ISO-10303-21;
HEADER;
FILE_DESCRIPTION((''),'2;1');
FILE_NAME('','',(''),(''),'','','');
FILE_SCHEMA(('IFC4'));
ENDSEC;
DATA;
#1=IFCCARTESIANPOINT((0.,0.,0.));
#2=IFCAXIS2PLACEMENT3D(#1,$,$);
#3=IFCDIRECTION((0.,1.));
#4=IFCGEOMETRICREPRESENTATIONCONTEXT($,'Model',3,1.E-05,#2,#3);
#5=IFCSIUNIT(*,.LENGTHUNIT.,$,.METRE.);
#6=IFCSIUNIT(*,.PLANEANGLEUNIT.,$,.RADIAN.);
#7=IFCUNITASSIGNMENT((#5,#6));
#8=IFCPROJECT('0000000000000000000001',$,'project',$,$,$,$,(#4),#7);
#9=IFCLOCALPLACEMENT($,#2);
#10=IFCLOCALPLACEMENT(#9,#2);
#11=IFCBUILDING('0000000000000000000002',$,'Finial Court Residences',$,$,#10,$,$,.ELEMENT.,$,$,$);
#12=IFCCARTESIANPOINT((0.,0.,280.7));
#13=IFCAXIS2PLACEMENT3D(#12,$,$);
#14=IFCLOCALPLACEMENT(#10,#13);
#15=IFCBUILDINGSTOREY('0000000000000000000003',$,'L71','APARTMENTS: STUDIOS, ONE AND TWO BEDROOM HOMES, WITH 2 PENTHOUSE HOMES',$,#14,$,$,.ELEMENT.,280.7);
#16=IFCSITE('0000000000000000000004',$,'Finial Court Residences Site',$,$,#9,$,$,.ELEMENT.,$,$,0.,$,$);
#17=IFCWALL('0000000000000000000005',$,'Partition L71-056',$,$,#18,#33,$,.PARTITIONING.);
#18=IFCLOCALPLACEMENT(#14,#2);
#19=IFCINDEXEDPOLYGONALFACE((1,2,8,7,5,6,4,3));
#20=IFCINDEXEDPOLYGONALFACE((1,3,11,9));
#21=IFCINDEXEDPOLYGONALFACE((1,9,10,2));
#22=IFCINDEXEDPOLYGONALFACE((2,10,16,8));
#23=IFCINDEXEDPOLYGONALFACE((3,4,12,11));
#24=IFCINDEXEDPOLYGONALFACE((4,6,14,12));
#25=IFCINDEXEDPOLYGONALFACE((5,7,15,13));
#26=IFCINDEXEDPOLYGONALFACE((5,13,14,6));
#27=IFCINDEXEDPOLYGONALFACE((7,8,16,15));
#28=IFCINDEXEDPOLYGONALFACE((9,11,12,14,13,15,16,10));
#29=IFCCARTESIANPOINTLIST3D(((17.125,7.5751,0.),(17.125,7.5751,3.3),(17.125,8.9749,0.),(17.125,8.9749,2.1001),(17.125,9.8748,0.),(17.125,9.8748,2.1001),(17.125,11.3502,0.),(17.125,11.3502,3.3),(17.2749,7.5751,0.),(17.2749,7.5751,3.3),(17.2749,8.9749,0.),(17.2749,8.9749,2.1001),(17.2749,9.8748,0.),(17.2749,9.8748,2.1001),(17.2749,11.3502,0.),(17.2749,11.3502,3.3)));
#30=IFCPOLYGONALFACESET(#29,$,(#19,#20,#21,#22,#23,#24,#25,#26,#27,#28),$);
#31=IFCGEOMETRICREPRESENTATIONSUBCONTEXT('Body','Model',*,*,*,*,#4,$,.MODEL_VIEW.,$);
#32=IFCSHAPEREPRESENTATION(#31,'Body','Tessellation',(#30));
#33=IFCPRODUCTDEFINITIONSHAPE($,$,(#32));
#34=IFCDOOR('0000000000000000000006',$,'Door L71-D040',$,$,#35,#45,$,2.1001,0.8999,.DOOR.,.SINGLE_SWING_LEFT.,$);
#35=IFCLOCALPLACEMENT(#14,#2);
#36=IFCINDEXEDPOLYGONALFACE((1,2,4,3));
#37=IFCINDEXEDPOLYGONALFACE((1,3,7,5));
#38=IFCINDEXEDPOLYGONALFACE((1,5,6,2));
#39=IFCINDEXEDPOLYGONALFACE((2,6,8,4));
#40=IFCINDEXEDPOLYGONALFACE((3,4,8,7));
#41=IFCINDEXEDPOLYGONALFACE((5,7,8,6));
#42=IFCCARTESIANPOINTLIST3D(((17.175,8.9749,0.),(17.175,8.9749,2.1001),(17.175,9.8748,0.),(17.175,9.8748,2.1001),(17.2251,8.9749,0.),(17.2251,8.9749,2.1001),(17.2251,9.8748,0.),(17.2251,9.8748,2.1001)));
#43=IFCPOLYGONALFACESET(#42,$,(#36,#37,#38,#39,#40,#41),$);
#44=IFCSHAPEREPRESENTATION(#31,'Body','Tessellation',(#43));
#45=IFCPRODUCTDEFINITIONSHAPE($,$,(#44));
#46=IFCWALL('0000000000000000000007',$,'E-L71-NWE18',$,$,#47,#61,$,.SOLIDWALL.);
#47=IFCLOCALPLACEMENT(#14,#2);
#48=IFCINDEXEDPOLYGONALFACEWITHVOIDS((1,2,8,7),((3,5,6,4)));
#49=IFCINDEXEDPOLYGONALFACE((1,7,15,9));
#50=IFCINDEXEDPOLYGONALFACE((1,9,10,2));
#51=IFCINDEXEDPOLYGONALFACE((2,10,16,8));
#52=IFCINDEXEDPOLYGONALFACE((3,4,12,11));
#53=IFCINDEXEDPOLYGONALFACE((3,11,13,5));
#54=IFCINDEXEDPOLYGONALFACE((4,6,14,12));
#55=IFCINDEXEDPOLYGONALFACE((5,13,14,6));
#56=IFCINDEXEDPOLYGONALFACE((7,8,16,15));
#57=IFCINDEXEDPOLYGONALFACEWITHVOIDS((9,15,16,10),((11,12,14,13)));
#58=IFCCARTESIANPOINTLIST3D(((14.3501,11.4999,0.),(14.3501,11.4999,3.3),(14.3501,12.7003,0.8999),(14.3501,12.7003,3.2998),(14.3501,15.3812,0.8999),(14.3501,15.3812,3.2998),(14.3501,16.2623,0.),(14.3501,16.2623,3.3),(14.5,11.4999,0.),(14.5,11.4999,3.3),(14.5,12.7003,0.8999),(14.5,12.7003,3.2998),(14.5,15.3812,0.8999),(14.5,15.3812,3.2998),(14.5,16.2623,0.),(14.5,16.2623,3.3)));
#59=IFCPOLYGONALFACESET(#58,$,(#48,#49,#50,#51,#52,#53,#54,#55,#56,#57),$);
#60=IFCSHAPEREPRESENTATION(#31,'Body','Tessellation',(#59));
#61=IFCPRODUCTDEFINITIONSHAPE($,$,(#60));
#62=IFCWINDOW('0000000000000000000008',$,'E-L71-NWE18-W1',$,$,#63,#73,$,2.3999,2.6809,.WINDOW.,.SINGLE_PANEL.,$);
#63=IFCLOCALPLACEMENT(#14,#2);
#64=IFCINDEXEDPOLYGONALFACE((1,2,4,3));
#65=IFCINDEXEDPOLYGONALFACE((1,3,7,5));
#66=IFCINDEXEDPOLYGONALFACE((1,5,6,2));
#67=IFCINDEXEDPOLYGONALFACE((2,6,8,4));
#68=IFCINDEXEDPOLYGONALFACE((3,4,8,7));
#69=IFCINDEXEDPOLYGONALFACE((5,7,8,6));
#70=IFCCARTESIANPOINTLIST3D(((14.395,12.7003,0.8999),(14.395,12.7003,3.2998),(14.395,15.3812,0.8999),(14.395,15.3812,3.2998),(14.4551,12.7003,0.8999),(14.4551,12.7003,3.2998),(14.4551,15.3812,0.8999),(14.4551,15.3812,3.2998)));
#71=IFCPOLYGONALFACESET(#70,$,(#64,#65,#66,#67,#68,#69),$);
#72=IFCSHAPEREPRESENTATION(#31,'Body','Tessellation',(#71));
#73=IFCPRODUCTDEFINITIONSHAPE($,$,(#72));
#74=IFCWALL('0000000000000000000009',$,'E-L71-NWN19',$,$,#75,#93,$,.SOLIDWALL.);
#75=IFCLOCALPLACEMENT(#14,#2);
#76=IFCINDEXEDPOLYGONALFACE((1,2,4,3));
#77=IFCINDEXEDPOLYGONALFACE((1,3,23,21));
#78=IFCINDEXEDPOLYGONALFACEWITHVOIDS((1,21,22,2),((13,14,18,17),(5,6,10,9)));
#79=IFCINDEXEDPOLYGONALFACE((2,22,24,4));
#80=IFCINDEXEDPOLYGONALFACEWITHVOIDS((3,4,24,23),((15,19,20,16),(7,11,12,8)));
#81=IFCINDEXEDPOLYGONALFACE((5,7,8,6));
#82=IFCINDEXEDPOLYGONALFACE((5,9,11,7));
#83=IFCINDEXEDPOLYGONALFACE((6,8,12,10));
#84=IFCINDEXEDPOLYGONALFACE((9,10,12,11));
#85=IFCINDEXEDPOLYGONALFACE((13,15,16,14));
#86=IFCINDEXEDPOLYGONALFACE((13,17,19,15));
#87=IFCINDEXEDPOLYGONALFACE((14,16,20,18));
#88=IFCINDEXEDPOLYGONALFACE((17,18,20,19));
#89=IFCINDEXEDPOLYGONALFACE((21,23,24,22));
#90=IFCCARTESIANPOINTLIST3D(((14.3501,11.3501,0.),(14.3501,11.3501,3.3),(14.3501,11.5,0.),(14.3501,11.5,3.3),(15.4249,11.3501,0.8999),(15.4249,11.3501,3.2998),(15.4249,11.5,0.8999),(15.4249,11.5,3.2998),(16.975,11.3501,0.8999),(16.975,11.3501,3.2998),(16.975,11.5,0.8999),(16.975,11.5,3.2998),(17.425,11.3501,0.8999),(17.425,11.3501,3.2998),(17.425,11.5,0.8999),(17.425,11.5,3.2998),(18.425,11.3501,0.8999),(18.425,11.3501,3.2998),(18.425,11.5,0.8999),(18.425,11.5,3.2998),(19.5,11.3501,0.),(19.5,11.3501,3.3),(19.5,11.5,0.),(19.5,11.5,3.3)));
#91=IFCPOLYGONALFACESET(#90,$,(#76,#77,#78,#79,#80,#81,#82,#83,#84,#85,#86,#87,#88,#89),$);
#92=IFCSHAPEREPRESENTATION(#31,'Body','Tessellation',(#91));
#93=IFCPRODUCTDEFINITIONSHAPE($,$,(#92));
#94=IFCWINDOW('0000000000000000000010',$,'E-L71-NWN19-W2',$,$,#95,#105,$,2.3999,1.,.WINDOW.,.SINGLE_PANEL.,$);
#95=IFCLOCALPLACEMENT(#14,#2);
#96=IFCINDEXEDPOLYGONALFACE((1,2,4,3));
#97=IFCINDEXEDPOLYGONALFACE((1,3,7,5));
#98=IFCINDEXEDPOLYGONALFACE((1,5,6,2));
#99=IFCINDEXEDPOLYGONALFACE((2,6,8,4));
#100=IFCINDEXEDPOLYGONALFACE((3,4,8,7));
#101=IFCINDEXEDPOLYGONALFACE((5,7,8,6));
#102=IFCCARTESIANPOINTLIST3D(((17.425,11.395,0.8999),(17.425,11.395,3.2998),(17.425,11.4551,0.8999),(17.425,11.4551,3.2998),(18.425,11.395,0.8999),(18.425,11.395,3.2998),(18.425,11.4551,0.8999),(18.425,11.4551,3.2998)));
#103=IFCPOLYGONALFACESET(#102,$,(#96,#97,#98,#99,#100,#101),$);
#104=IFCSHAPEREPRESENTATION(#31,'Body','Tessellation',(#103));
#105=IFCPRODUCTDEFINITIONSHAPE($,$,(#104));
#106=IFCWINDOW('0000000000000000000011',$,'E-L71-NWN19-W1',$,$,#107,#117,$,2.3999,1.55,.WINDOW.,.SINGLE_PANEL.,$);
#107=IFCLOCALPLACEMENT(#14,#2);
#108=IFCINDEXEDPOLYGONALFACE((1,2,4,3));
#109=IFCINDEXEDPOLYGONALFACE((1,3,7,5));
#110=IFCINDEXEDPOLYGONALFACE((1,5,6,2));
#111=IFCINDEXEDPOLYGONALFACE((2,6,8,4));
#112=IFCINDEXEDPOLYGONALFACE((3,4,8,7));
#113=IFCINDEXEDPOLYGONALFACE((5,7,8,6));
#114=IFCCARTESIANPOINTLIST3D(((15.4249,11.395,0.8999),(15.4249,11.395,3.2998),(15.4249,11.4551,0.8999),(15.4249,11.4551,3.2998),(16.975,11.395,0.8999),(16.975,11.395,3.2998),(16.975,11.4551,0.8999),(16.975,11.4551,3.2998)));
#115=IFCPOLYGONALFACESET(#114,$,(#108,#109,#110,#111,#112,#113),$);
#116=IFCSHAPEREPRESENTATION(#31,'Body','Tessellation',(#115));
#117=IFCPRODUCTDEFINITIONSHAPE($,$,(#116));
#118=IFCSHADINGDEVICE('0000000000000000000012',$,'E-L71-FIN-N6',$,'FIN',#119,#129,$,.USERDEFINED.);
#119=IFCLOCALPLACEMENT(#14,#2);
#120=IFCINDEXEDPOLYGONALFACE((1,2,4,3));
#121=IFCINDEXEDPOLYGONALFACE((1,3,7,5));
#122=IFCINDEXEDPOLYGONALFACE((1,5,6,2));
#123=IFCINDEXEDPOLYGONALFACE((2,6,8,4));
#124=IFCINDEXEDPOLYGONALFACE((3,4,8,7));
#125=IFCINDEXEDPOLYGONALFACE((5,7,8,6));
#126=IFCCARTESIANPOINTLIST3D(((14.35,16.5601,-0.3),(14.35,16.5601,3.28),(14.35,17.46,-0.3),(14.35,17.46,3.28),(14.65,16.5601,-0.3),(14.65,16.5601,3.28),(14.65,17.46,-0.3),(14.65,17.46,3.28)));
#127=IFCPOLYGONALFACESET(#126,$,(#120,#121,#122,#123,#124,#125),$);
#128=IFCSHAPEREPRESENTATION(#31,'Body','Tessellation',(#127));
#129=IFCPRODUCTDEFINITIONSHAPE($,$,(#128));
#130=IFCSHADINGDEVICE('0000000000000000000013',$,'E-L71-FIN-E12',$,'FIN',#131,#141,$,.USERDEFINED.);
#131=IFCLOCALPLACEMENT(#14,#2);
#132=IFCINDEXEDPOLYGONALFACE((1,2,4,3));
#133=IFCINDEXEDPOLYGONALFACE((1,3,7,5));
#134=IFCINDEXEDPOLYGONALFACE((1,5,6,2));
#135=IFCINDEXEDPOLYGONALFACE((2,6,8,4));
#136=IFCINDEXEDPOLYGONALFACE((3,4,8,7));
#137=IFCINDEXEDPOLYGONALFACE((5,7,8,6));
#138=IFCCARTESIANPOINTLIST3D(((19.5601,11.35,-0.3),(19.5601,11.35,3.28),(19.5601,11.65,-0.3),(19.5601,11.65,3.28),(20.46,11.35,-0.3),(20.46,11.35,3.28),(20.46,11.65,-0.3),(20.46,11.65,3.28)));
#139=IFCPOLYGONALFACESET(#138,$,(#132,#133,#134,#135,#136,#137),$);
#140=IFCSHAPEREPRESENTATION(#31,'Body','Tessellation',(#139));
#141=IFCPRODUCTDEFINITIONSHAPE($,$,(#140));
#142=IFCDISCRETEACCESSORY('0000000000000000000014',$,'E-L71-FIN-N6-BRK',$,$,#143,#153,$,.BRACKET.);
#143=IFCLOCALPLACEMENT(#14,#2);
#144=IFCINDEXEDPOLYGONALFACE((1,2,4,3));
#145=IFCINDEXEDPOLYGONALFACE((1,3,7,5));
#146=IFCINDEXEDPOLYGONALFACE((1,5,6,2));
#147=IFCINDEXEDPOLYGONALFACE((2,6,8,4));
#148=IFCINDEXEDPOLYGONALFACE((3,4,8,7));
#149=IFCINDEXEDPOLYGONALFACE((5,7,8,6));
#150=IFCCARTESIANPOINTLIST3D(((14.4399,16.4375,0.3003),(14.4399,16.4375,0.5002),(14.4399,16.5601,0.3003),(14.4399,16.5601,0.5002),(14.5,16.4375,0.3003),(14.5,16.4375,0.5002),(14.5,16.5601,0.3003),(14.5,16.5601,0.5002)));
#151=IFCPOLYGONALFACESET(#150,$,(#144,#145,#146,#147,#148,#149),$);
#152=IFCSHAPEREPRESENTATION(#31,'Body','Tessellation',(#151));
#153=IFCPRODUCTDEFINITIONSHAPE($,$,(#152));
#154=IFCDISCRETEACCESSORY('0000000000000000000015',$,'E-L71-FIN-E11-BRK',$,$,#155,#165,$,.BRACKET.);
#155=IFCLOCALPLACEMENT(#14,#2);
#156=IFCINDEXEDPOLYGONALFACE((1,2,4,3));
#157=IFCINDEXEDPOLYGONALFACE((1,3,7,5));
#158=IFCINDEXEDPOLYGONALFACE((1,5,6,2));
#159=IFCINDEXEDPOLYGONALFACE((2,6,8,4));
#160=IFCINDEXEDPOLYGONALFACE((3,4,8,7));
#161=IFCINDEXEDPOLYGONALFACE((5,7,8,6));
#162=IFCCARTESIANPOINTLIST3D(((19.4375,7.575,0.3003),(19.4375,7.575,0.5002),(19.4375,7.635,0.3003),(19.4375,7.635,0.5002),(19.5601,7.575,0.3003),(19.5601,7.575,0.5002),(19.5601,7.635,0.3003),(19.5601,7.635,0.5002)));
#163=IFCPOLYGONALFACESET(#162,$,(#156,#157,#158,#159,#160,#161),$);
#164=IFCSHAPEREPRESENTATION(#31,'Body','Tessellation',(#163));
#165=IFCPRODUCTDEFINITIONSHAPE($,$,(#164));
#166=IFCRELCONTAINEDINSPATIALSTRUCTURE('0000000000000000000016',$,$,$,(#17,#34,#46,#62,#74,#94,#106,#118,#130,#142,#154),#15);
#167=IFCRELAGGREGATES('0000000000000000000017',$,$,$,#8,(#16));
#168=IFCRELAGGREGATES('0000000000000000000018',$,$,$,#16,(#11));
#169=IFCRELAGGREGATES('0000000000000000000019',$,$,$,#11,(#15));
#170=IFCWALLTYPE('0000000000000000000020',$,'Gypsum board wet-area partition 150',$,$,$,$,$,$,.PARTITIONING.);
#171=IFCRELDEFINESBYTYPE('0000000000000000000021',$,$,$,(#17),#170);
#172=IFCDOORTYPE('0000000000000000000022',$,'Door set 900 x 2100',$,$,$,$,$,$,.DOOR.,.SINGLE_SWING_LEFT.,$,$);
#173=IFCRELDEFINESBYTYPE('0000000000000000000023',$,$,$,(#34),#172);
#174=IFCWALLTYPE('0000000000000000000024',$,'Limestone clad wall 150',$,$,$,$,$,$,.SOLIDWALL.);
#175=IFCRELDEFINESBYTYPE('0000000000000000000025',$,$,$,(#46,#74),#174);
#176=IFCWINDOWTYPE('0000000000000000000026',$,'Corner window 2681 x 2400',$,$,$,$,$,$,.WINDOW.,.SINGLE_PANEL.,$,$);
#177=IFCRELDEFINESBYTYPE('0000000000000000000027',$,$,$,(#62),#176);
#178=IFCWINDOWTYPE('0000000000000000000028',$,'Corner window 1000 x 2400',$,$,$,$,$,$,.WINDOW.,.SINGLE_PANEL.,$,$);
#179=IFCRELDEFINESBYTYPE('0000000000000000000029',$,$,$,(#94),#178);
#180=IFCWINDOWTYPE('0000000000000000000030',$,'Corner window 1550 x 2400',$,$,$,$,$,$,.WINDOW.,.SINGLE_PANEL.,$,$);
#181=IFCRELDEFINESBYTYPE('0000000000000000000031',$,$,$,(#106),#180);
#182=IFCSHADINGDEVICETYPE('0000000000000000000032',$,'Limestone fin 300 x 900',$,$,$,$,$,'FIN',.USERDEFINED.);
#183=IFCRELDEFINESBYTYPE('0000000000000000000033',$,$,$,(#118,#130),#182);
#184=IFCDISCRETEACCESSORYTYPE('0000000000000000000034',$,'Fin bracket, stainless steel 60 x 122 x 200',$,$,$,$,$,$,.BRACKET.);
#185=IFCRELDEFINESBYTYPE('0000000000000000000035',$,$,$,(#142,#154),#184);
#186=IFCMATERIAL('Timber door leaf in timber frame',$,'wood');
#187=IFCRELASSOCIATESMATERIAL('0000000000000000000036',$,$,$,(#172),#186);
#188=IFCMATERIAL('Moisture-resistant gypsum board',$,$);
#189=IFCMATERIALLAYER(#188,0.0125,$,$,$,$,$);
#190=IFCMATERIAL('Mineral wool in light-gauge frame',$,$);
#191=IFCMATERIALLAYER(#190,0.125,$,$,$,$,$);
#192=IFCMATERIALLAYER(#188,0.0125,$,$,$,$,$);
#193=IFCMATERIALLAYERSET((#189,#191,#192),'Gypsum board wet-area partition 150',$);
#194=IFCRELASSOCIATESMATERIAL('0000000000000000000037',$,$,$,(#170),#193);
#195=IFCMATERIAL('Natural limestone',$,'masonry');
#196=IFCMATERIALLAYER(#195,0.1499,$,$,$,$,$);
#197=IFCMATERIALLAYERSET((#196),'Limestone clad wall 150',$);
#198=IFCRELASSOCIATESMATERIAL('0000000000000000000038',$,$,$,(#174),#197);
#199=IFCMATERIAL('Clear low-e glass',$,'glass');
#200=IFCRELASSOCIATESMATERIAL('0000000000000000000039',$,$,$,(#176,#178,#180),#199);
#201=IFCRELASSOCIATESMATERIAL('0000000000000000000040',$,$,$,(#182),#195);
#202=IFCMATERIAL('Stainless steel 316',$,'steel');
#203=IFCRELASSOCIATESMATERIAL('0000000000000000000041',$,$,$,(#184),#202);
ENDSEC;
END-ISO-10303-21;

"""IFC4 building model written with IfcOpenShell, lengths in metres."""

from ifc_helpers import new_model, si_unit, direction, frame, frame_2d, origin, origin_2d, place, context, subcontext, project, spatial, rectangle, extrude, material, layer, layer_set, type_object, element, fill, save


model = new_model("IFC4")

# Units and contexts
model_context = context("Model", 3, precision=1e-05, world=origin(), true_north=direction((0.0, 1.0)))
body_context = subcontext(model_context, "Body", "Model", "MODEL_VIEW")
ifc_project = project(units=[si_unit("LENGTHUNIT", "METRE"), si_unit("PLANEANGLEUNIT", "RADIAN")], contexts=[model_context])

# Site, building, storey
site_placement = place(None, origin())
site = spatial("IfcSite", under=ifc_project, at=site_placement, Name="Finial Court Residences Site", CompositionType="ELEMENT", RefElevation=0.0)
building_placement = place(site_placement, origin())
building = spatial("IfcBuilding", under=site, at=building_placement, Name="Finial Court Residences", CompositionType="ELEMENT")
storey_placement = place(building_placement, frame((0.0, 0.0, 280.7)))
storey = spatial("IfcBuildingStorey", under=building, at=storey_placement, Name="L71", Description="APARTMENTS: STUDIOS, ONE AND TWO BEDROOM HOMES, WITH 2 PENTHOUSE HOMES", CompositionType="ELEMENT", Elevation=280.7)

# Shared definitions
ifc_material_1 = material(Name="Clear low-e glass", Category="glass")

# Wall, opening, door
ifc_material_2 = material(Name="Mineral wool in light-gauge frame")
ifc_material_3 = material(Name="Timber door leaf in timber frame", Category="wood")
door_type = type_object("IfcDoorType", Name="Door set 900 x 2100", OperationType="SINGLE_SWING_LEFT", PredefinedType="DOOR", material=ifc_material_3)
ifc_material_4 = material(Name="Moisture-resistant gypsum board")
ifc_layer_1 = layer(ifc_material_4, 0.0125)
ifc_layer_2 = layer(ifc_material_2, 0.125)
ifc_layer_3 = layer(ifc_material_4, 0.0125)
ifc_layer_set_1 = layer_set([ifc_layer_1, ifc_layer_2, ifc_layer_3], Name="Gypsum board wet-area partition 150")
wall_type_1 = type_object("IfcWallType", Name="Gypsum board wet-area partition 150", PredefinedType="PARTITIONING", material=ifc_layer_set_1)
wall_1_placement = place(storey_placement, frame((17.2, 7.575, 0.0), z_axis=(0.0, 0.0, 1.0), x_axis=(0.0, 1.0, 0.0)))
wall_1 = element("IfcWall", 1, at=wall_1_placement, inside=storey, type_object=wall_type_1, Name="Partition L71-056", PredefinedType="PARTITIONING", context=body_context, shape_type="SweptSolid", body=[
    extrude(rectangle(XDim=3.7751, YDim=0.1499, at=frame_2d((1.8877, 0.0))), origin(), (0.0, 0.0, 1.0), 3.3),
])
opening_1_placement = place(wall_1_placement, frame((1.3999, 0.0, 0.0)))
opening_1 = element("IfcOpeningElement", 2, at=opening_1_placement, cuts=wall_1, PredefinedType="OPENING", context=body_context, shape_type="SweptSolid", body=[
    extrude(rectangle(XDim=0.8999, YDim=2.1001, at=frame_2d((0.45, 1.05))), frame((0.0, 0.085, 0.0), z_axis=(0.0, -1.0, 0.0), x_axis=(1.0, 0.0, 0.0)), (0.0, 0.0, 1.0), 0.1699),
])
door_1_placement = place(opening_1_placement, origin())
door_1 = element("IfcDoor", 3, at=door_1_placement, inside=storey, type_object=door_type, Name="Door L71-D040", OperationType="SINGLE_SWING_LEFT", OverallHeight=2.1001, OverallWidth=0.8999, PredefinedType="DOOR", context=body_context, shape_type="SweptSolid", body=[
    extrude(rectangle(XDim=0.8999, YDim=2.1001, at=frame_2d((0.45, 1.05))), frame((0.0, 0.0249, 0.0), z_axis=(0.0, -1.0, 0.0), x_axis=(1.0, 0.0, 0.0)), (0.0, 0.0, 1.0), 0.05),
])
fill(opening_1, door_1)

# Wall, opening, window
ifc_material_5 = material(Name="Natural limestone", Category="masonry")
ifc_layer_4 = layer(ifc_material_5, 0.1499)
ifc_layer_set_2 = layer_set([ifc_layer_4], Name="Limestone clad wall 150")
wall_type_2 = type_object("IfcWallType", Name="Limestone clad wall 150", PredefinedType="SOLIDWALL", material=ifc_layer_set_2)
wall_2_placement = place(storey_placement, frame((14.425, 16.2625, 0.0), z_axis=(0.0, 0.0, 1.0), x_axis=(0.0, -1.0, 0.0)))
wall_2 = element("IfcWall", 4, at=wall_2_placement, inside=storey, type_object=wall_type_2, Name="E-L71-NWE18", PredefinedType="SOLIDWALL", context=body_context, shape_type="SweptSolid", body=[
    extrude(rectangle(XDim=4.7625, YDim=0.1499, at=frame_2d((2.3813, 0.0))), origin(), (0.0, 0.0, 1.0), 3.3),
])
opening_2_placement = place(wall_2_placement, frame((0.8813, 0.0, 0.8999)))
opening_2 = element("IfcOpeningElement", 5, at=opening_2_placement, cuts=wall_2, PredefinedType="OPENING", context=body_context, shape_type="SweptSolid", body=[
    extrude(rectangle(XDim=2.6809, YDim=2.3999, at=frame_2d((1.3403, 1.2))), frame((0.0, 0.085, 0.0), z_axis=(0.0, -1.0, 0.0), x_axis=(1.0, 0.0, 0.0)), (0.0, 0.0, 1.0), 0.1699),
])
window_type_1 = type_object("IfcWindowType", Name="Corner window 2681 x 2400", PartitioningType="SINGLE_PANEL", PredefinedType="WINDOW", material=ifc_material_1)
window_1_placement = place(opening_2_placement, origin())
window_1 = element("IfcWindow", 6, at=window_1_placement, inside=storey, type_object=window_type_1, Name="E-L71-NWE18-W1", OverallHeight=2.3999, OverallWidth=2.6809, PartitioningType="SINGLE_PANEL", PredefinedType="WINDOW", context=body_context, shape_type="SweptSolid", body=[
    extrude(rectangle(XDim=2.6809, YDim=2.3999, at=frame_2d((1.3403, 1.2))), frame((0.0, 0.03, 0.0), z_axis=(0.0, -1.0, 0.0), x_axis=(1.0, 0.0, 0.0)), (0.0, 0.0, 1.0), 0.0601),
])
fill(opening_2, window_1)

# Wall, openings, windows
wall_3_placement = place(storey_placement, frame((14.3501, 11.425, 0.0), z_axis=(0.0, 0.0, 1.0), x_axis=(1.0, 0.0, 0.0)))
wall_3 = element("IfcWall", 7, at=wall_3_placement, inside=storey, type_object=wall_type_2, Name="E-L71-NWN19", PredefinedType="SOLIDWALL", context=body_context, shape_type="SweptSolid", body=[
    extrude(rectangle(XDim=5.1499, YDim=0.1499, at=frame_2d((2.575, 0.0))), origin(), (0.0, 0.0, 1.0), 3.3),
])
opening_3_placement = place(wall_3_placement, frame((1.075, 0.0, 0.8999)))
opening_3 = element("IfcOpeningElement", 8, at=opening_3_placement, cuts=wall_3, PredefinedType="OPENING", context=body_context, shape_type="SweptSolid", body=[
    extrude(rectangle(XDim=1.55, YDim=2.3999, at=frame_2d((0.7749, 1.2))), frame((0.0, 0.085, 0.0), z_axis=(0.0, -1.0, 0.0), x_axis=(1.0, 0.0, 0.0)), (0.0, 0.0, 1.0), 0.1699),
])
opening_4_placement = place(wall_3_placement, frame((3.075, 0.0, 0.8999)))
opening_4 = element("IfcOpeningElement", 9, at=opening_4_placement, cuts=wall_3, PredefinedType="OPENING", context=body_context, shape_type="SweptSolid", body=[
    extrude(rectangle(XDim=1.0, YDim=2.3999, at=frame_2d((0.5, 1.2))), frame((0.0, 0.085, 0.0), z_axis=(0.0, -1.0, 0.0), x_axis=(1.0, 0.0, 0.0)), (0.0, 0.0, 1.0), 0.1699),
])
window_type_2 = type_object("IfcWindowType", Name="Corner window 1000 x 2400", PartitioningType="SINGLE_PANEL", PredefinedType="WINDOW", material=ifc_material_1)
window_2_placement = place(opening_4_placement, origin())
window_2 = element("IfcWindow", 10, at=window_2_placement, inside=storey, type_object=window_type_2, Name="E-L71-NWN19-W2", OverallHeight=2.3999, OverallWidth=1.0, PartitioningType="SINGLE_PANEL", PredefinedType="WINDOW", context=body_context, shape_type="SweptSolid", body=[
    extrude(rectangle(XDim=1.0, YDim=2.3999, at=frame_2d((0.5, 1.2))), frame((0.0, 0.03, 0.0), z_axis=(0.0, -1.0, 0.0), x_axis=(1.0, 0.0, 0.0)), (0.0, 0.0, 1.0), 0.0601),
])
fill(opening_4, window_2)
window_type_3 = type_object("IfcWindowType", Name="Corner window 1550 x 2400", PartitioningType="SINGLE_PANEL", PredefinedType="WINDOW", material=ifc_material_1)
window_3_placement = place(opening_3_placement, origin())
window_3 = element("IfcWindow", 11, at=window_3_placement, inside=storey, type_object=window_type_3, Name="E-L71-NWN19-W1", OverallHeight=2.3999, OverallWidth=1.55, PartitioningType="SINGLE_PANEL", PredefinedType="WINDOW", context=body_context, shape_type="SweptSolid", body=[
    extrude(rectangle(XDim=1.55, YDim=2.3999, at=frame_2d((0.7749, 1.2))), frame((0.0, 0.03, 0.0), z_axis=(0.0, -1.0, 0.0), x_axis=(1.0, 0.0, 0.0)), (0.0, 0.0, 1.0), 0.0601),
])
fill(opening_3, window_3)

# Shading devices
shading_device_type = type_object("IfcShadingDeviceType", Name="Limestone fin 300 x 900", ElementType="FIN", PredefinedType="USERDEFINED", material=ifc_material_5)
shading_device_1_placement = place(storey_placement, frame((14.5, 17.01, -0.3), z_axis=(0.0, 0.0, 1.0), x_axis=(1.0, 0.0, 0.0)))
element("IfcShadingDevice", 12, at=shading_device_1_placement, inside=storey, type_object=shading_device_type, Name="E-L71-FIN-N6", ObjectType="FIN", PredefinedType="USERDEFINED", context=body_context, shape_type="SweptSolid", body=[
    extrude(rectangle(XDim=0.3, YDim=0.8999, at=origin_2d()), origin(), (0.0, 0.0, 1.0), 3.5801),
])
shading_device_2_placement = place(storey_placement, frame((20.01, 11.5, -0.3), z_axis=(0.0, 0.0, 1.0), x_axis=(1.0, 0.0, 0.0)))
element("IfcShadingDevice", 13, at=shading_device_2_placement, inside=storey, type_object=shading_device_type, Name="E-L71-FIN-E12", ObjectType="FIN", PredefinedType="USERDEFINED", context=body_context, shape_type="SweptSolid", body=[
    extrude(rectangle(XDim=0.8999, YDim=0.3, at=origin_2d()), origin(), (0.0, 0.0, 1.0), 3.5801),
])

# Discrete accessories
ifc_material_6 = material(Name="Stainless steel 316", Category="steel")
discrete_accessory_type = type_object("IfcDiscreteAccessoryType", Name="Fin bracket, stainless steel 60 x 122 x 200", PredefinedType="BRACKET", material=ifc_material_6)
discrete_accessory_placement = place(storey_placement, frame((14.47, 16.4988, 0.3003), z_axis=(0.0, 0.0, 1.0), x_axis=(1.0, 0.0, 0.0)))
element("IfcDiscreteAccessory", 14, at=discrete_accessory_placement, inside=storey, type_object=discrete_accessory_type, Name="E-L71-FIN-N6-BRK", PredefinedType="BRACKET", context=body_context, shape_type="SweptSolid", body=[
    extrude(rectangle(XDim=0.0601, YDim=0.1226, at=origin_2d()), origin(), (0.0, 0.0, 1.0), 0.2),
])
for number, where, z_axis, x_axis, name in (
    (15, (19.4988, 7.605, 0.3003), (0.0, 0.0, 1.0), (1.0, 0.0, 0.0), "E-L71-FIN-E11-BRK"),
):
    element("IfcDiscreteAccessory", number, at=place(storey_placement, frame(where, z_axis=z_axis, x_axis=x_axis)), inside=storey, type_object=discrete_accessory_type, Name=name, PredefinedType="BRACKET", context=body_context, shape_type="SweptSolid", body=[
        extrude(rectangle(XDim=0.1226, YDim=0.0601, at=origin_2d()), origin(), (0.0, 0.0, 1.0), 0.2),
    ])

save(model, "model.ifc")
